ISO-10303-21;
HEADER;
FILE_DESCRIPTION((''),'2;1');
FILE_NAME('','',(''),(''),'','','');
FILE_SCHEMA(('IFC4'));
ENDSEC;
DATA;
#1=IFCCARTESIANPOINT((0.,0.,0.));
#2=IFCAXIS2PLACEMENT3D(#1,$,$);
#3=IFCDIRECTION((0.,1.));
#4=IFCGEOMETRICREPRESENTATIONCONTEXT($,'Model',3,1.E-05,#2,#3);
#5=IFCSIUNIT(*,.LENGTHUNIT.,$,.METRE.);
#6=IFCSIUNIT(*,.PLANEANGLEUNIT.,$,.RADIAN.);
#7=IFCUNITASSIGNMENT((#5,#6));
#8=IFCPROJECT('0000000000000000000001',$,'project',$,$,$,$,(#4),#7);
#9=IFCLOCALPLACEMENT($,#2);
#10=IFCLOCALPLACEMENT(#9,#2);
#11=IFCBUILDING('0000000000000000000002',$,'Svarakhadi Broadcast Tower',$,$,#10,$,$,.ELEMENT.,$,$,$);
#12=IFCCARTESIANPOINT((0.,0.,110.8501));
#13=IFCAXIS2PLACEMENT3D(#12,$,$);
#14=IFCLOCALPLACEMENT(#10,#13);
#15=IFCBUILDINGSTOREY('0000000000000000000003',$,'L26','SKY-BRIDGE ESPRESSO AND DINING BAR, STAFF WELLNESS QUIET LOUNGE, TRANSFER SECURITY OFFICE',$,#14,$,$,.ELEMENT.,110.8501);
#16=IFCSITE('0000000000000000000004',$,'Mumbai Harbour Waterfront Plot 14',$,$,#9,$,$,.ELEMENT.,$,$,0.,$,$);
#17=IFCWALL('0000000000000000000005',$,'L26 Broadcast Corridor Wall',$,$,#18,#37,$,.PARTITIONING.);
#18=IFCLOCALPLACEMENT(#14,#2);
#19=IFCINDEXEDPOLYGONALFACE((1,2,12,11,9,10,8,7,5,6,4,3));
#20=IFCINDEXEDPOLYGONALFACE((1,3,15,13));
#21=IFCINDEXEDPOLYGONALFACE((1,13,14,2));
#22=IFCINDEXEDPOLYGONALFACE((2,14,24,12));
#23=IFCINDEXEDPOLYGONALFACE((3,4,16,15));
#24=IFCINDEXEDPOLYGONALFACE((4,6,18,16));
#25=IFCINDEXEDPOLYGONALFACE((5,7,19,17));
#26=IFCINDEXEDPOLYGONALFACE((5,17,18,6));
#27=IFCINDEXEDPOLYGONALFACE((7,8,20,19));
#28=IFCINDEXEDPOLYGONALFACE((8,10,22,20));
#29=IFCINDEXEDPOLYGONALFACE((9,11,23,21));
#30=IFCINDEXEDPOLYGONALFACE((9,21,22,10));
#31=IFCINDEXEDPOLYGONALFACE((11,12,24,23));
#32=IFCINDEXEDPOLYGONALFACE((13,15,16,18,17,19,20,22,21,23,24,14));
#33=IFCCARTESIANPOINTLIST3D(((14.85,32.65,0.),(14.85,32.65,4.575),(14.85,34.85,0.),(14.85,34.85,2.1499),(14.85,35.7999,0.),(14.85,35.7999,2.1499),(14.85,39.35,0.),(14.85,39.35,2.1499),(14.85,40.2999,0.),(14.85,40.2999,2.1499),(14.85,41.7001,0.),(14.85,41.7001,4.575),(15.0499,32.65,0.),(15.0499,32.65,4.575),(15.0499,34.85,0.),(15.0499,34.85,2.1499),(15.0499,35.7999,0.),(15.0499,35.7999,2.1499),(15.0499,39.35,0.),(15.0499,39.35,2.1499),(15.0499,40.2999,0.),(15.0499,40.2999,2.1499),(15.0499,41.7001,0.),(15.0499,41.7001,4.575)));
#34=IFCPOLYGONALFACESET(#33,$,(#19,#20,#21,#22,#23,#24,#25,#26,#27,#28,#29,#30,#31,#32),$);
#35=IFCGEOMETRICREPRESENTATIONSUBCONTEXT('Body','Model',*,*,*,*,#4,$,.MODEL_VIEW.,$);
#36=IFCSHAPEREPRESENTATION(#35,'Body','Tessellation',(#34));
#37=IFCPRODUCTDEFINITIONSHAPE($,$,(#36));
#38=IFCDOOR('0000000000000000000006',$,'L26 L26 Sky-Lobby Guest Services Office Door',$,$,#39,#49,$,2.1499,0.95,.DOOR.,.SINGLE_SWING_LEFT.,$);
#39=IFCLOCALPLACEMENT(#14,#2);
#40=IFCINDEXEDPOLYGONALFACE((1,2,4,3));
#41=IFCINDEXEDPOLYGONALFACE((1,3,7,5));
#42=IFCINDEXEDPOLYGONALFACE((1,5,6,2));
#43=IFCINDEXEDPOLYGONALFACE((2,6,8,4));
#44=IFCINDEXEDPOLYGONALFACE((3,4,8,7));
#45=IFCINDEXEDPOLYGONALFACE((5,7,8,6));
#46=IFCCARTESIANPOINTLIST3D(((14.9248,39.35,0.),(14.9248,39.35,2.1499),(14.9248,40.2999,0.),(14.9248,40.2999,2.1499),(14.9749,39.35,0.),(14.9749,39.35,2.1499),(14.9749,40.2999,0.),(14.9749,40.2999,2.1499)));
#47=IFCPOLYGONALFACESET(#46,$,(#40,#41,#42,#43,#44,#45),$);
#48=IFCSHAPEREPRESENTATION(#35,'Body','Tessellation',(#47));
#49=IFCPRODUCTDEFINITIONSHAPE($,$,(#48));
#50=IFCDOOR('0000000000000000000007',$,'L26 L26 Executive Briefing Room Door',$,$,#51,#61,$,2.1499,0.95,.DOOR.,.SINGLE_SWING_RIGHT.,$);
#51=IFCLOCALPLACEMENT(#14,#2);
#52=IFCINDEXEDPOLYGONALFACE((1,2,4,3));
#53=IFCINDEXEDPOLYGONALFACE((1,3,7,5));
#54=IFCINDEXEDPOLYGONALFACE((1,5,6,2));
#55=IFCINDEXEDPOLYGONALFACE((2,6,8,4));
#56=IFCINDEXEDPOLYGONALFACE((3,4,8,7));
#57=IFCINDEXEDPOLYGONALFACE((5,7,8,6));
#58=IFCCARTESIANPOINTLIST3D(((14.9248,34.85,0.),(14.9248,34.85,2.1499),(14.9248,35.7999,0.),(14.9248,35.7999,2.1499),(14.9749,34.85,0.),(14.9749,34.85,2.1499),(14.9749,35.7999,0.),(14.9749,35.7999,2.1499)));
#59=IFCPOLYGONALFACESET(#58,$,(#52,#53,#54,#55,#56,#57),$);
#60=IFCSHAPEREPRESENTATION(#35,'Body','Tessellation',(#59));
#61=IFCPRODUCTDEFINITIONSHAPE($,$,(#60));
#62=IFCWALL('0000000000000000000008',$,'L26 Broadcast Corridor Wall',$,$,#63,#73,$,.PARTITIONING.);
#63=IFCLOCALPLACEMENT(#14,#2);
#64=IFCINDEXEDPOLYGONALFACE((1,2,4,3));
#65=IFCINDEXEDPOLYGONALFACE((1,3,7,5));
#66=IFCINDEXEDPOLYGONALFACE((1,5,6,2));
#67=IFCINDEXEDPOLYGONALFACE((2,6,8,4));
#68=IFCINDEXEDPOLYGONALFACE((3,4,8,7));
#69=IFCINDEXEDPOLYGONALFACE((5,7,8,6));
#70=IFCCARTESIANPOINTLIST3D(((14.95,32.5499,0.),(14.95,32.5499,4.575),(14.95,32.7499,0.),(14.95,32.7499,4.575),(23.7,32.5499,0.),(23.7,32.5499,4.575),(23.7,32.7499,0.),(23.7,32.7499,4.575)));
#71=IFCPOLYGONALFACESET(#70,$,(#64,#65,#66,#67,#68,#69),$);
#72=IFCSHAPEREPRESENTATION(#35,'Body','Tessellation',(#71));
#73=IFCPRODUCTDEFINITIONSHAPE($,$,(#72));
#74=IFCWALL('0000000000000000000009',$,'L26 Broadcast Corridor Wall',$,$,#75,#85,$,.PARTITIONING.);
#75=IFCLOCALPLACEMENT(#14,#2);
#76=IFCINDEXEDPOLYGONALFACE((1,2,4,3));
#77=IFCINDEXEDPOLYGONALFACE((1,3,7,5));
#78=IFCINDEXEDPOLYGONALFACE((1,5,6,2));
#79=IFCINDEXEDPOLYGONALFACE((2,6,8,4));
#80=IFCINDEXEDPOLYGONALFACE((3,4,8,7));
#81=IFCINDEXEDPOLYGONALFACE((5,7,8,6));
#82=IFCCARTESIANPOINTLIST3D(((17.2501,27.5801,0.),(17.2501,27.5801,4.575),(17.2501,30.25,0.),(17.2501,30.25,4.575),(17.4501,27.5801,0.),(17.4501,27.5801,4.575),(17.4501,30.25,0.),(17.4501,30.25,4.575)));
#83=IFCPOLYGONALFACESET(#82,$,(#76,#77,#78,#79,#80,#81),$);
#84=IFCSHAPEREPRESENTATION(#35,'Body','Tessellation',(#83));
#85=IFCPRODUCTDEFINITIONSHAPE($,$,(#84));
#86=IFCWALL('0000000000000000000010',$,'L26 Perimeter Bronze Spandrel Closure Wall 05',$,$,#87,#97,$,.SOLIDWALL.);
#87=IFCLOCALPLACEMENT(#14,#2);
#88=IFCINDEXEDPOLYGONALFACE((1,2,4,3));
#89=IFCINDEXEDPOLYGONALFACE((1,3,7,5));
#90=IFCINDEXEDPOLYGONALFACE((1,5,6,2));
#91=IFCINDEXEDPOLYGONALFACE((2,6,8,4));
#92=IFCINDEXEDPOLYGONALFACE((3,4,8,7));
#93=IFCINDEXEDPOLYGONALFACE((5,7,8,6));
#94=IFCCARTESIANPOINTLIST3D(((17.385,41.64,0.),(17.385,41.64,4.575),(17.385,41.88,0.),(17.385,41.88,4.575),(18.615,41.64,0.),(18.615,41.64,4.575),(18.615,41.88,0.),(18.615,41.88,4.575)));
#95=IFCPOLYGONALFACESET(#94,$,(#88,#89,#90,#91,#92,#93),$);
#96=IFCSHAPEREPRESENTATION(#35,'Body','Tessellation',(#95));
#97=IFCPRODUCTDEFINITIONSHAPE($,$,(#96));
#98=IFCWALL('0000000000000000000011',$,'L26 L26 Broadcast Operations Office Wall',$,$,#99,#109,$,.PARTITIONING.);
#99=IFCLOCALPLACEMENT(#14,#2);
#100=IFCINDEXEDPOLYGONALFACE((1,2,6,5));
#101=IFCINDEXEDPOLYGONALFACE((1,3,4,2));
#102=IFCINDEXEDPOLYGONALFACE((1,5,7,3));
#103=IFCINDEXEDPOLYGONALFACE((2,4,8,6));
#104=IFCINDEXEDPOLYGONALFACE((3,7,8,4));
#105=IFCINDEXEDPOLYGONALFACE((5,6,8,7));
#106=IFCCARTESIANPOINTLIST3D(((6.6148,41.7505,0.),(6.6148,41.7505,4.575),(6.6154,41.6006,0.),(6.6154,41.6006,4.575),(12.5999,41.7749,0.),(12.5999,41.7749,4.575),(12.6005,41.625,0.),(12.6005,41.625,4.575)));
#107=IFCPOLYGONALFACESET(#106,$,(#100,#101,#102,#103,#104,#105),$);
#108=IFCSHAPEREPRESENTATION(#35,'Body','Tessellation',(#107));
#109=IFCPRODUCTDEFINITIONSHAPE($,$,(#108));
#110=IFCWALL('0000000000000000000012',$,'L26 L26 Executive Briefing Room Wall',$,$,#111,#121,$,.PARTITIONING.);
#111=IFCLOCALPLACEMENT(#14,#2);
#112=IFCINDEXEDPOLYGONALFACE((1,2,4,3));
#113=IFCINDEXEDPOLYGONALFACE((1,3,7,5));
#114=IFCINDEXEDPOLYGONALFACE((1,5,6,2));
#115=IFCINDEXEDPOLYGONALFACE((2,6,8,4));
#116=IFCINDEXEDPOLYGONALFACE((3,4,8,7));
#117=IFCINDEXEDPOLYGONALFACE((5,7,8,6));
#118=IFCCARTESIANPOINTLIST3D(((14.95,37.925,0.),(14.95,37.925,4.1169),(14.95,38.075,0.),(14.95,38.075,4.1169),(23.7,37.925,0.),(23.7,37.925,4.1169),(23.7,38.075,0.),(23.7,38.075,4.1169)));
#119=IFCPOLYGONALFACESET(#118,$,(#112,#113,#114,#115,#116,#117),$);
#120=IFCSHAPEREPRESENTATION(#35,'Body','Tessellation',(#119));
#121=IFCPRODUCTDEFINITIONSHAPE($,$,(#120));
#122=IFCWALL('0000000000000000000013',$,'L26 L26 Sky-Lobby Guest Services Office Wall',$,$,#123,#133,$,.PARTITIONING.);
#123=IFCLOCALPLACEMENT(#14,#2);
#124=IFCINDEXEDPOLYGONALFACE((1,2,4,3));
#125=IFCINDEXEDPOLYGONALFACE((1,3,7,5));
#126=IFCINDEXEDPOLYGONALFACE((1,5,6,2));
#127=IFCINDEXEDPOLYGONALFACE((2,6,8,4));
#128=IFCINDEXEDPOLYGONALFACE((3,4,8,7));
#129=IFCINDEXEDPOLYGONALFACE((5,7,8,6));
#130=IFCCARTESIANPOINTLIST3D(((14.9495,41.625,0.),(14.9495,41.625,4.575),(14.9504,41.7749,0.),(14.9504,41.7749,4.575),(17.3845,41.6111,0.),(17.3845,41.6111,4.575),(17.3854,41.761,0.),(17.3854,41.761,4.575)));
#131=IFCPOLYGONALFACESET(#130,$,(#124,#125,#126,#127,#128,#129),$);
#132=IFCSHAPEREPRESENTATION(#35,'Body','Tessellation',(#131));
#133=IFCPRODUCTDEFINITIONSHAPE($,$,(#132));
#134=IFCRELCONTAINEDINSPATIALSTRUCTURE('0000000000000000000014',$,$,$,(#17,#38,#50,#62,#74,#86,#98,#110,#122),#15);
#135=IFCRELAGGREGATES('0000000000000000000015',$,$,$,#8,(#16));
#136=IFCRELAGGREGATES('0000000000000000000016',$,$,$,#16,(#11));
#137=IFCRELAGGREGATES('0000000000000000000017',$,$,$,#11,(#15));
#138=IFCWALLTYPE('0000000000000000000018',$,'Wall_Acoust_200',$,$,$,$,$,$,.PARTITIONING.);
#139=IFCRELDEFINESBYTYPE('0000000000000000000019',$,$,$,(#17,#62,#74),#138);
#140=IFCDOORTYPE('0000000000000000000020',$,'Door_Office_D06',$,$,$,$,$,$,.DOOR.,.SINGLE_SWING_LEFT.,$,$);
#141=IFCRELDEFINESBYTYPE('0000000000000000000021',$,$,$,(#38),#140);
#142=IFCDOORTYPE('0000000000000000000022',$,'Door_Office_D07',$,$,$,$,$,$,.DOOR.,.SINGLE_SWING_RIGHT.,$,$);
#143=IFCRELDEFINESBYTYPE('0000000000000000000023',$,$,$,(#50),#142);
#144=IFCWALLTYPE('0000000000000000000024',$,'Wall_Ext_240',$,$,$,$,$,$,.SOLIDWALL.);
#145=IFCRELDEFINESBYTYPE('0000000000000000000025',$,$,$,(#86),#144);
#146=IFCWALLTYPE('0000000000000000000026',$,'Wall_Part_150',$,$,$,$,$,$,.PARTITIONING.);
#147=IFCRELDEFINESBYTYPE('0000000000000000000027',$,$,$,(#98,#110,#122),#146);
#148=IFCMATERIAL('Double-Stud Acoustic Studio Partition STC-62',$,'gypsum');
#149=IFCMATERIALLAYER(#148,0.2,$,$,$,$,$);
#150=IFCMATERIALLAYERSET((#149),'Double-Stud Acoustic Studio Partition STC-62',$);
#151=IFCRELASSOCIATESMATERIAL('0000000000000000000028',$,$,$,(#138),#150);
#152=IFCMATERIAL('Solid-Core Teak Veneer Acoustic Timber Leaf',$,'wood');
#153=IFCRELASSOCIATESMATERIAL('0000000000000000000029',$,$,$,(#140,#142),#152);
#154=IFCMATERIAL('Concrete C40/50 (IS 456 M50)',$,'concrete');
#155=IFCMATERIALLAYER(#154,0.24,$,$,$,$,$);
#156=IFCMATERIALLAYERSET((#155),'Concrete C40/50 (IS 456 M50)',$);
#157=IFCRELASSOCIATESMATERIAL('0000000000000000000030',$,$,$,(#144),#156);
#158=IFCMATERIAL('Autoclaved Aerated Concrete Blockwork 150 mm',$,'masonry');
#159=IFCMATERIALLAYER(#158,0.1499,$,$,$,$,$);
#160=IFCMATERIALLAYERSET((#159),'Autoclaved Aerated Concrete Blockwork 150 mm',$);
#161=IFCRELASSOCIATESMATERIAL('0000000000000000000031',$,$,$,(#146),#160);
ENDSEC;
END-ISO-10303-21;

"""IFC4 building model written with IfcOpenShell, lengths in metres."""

from ifc_helpers import new_model, si_unit, direction, frame, frame_2d, origin, place, context, subcontext, project, spatial, rectangle, extrude, material, layer, layer_set, type_object, element, fill, save


model = new_model("IFC4")

# Units and contexts
model_context = context("Model", 3, precision=1e-05, world=origin(), true_north=direction((0.0, 1.0)))
body_context = subcontext(model_context, "Body", "Model", "MODEL_VIEW")
ifc_project = project(units=[si_unit("LENGTHUNIT", "METRE"), si_unit("PLANEANGLEUNIT", "RADIAN")], contexts=[model_context])

# Site, building, storey
site_placement = place(None, origin())
site = spatial("IfcSite", under=ifc_project, at=site_placement, Name="Mumbai Harbour Waterfront Plot 14", CompositionType="ELEMENT", RefElevation=0.0)
building_placement = place(site_placement, origin())
building = spatial("IfcBuilding", under=site, at=building_placement, Name="Svarakhadi Broadcast Tower", CompositionType="ELEMENT")
storey_placement = place(building_placement, frame((0.0, 0.0, 110.8501)))
storey = spatial("IfcBuildingStorey", under=building, at=storey_placement, Name="L26", Description="SKY-BRIDGE ESPRESSO AND DINING BAR, STAFF WELLNESS QUIET LOUNGE, TRANSFER SECURITY OFFICE", CompositionType="ELEMENT", Elevation=110.8501)

# Wall, openings, doors
ifc_material_1 = material(Name="Double-Stud Acoustic Studio Partition STC-62", Category="gypsum")
ifc_layer_1 = layer(ifc_material_1, 0.2)
ifc_layer_set_1 = layer_set([ifc_layer_1], Name="Double-Stud Acoustic Studio Partition STC-62")
wall_type_1 = type_object("IfcWallType", Name="Wall_Acoust_200", PredefinedType="PARTITIONING", material=ifc_layer_set_1)
ifc_material_2 = material(Name="Solid-Core Teak Veneer Acoustic Timber Leaf", Category="wood")
door_type_1 = type_object("IfcDoorType", Name="Door_Office_D06", OperationType="SINGLE_SWING_LEFT", PredefinedType="DOOR", material=ifc_material_2)
door_type_2 = type_object("IfcDoorType", Name="Door_Office_D07", OperationType="SINGLE_SWING_RIGHT", PredefinedType="DOOR", material=ifc_material_2)
wall_1_placement = place(storey_placement, frame((14.95, 41.7, 0.0), z_axis=(0.0, 0.0, 1.0), x_axis=(0.0, -1.0, 0.0)))
wall_1 = element("IfcWall", 1, at=wall_1_placement, inside=storey, type_object=wall_type_1, Name="L26 Broadcast Corridor Wall", PredefinedType="PARTITIONING", context=body_context, shape_type="SweptSolid", body=[
    extrude(rectangle(XDim=9.05, YDim=0.2, at=frame_2d((4.5249, 0.0))), origin(), (0.0, 0.0, 1.0), 4.575),
])
opening_1_placement = place(wall_1_placement, frame((5.8999, 0.0, 0.0)))
opening_1 = element("IfcOpeningElement", 2, at=opening_1_placement, cuts=wall_1, PredefinedType="OPENING", context=body_context, shape_type="SweptSolid", body=[
    extrude(rectangle(XDim=0.95, YDim=2.1499, at=frame_2d((0.4751, 1.075))), frame((0.0, 0.1099, 0.0), z_axis=(0.0, -1.0, 0.0), x_axis=(1.0, 0.0, 0.0)), (0.0, 0.0, 1.0), 0.22),
])
opening_2_placement = place(wall_1_placement, frame((1.3999, 0.0, 0.0)))
opening_2 = element("IfcOpeningElement", 3, at=opening_2_placement, cuts=wall_1, PredefinedType="OPENING", context=body_context, shape_type="SweptSolid", body=[
    extrude(rectangle(XDim=0.95, YDim=2.1499, at=frame_2d((0.4751, 1.075))), frame((0.0, 0.1099, 0.0), z_axis=(0.0, -1.0, 0.0), x_axis=(1.0, 0.0, 0.0)), (0.0, 0.0, 1.0), 0.22),
])
door_1_placement = place(opening_2_placement, origin())
door_1 = element("IfcDoor", 4, at=door_1_placement, inside=storey, type_object=door_type_1, Name="L26 L26 Sky-Lobby Guest Services Office Door", OperationType="SINGLE_SWING_LEFT", OverallHeight=2.1499, OverallWidth=0.95, PredefinedType="DOOR", context=body_context, shape_type="SweptSolid", body=[
    extrude(rectangle(XDim=0.95, YDim=2.1499, at=frame_2d((0.4751, 1.075))), frame((0.0, 0.0249, 0.0), z_axis=(0.0, -1.0, 0.0), x_axis=(1.0, 0.0, 0.0)), (0.0, 0.0, 1.0), 0.05),
])
fill(opening_2, door_1)
door_2_placement = place(opening_1_placement, origin())
door_2 = element("IfcDoor", 5, at=door_2_placement, inside=storey, type_object=door_type_2, Name="L26 L26 Executive Briefing Room Door", OperationType="SINGLE_SWING_RIGHT", OverallHeight=2.1499, OverallWidth=0.95, PredefinedType="DOOR", context=body_context, shape_type="SweptSolid", body=[
    extrude(rectangle(XDim=0.95, YDim=2.1499, at=frame_2d((0.4751, 1.075))), frame((0.0, 0.0249, 0.0), z_axis=(0.0, -1.0, 0.0), x_axis=(1.0, 0.0, 0.0)), (0.0, 0.0, 1.0), 0.05),
])
fill(opening_1, door_2)

# Walls
wall_2_placement = place(storey_placement, frame((14.95, 32.6499, 0.0), z_axis=(0.0, 0.0, 1.0), x_axis=(1.0, 0.0, 0.0)))
element("IfcWall", 6, at=wall_2_placement, inside=storey, type_object=wall_type_1, Name="L26 Broadcast Corridor Wall", PredefinedType="PARTITIONING", context=body_context, shape_type="SweptSolid", body=[
    extrude(rectangle(XDim=8.75, YDim=0.2, at=frame_2d((4.375, 0.0))), origin(), (0.0, 0.0, 1.0), 4.575),
])
wall_3_placement = place(storey_placement, frame((17.3501, 30.25, 0.0), z_axis=(0.0, 0.0, 1.0), x_axis=(0.0, -1.0, 0.0)))
element("IfcWall", 7, at=wall_3_placement, inside=storey, type_object=wall_type_1, Name="L26 Broadcast Corridor Wall", PredefinedType="PARTITIONING", context=body_context, shape_type="SweptSolid", body=[
    extrude(rectangle(XDim=2.6699, YDim=0.2, at=frame_2d((1.335, 0.0))), origin(), (0.0, 0.0, 1.0), 4.575),
])
ifc_material_3 = material(Name="Concrete C40/50 (IS 456 M50)", Category="concrete")
ifc_layer_2 = layer(ifc_material_3, 0.24)
ifc_layer_set_2 = layer_set([ifc_layer_2], Name="Concrete C40/50 (IS 456 M50)")
wall_type_2 = type_object("IfcWallType", Name="Wall_Ext_240", PredefinedType="SOLIDWALL", material=ifc_layer_set_2)
wall_4_placement = place(storey_placement, frame((17.385, 41.76, 0.0), z_axis=(0.0, 0.0, 1.0), x_axis=(1.0, 0.0, 0.0)))
element("IfcWall", 8, at=wall_4_placement, inside=storey, type_object=wall_type_2, Name="L26 Perimeter Bronze Spandrel Closure Wall 05", PredefinedType="SOLIDWALL", context=body_context, shape_type="SweptSolid", body=[
    extrude(rectangle(XDim=1.23, YDim=0.24, at=frame_2d((0.615, 0.0))), origin(), (0.0, 0.0, 1.0), 4.575),
])
ifc_material_4 = material(Name="Autoclaved Aerated Concrete Blockwork 150 mm", Category="masonry")
ifc_layer_3 = layer(ifc_material_4, 0.1499)
ifc_layer_set_3 = layer_set([ifc_layer_3], Name="Autoclaved Aerated Concrete Blockwork 150 mm")
wall_type_3 = type_object("IfcWallType", Name="Wall_Part_150", PredefinedType="PARTITIONING", material=ifc_layer_set_3)
wall_5_placement = place(storey_placement, frame((6.615, 41.6755, 0.0), z_axis=(0.0, 0.0, 1.0), x_axis=(0.999992, 0.004079, 0.0)))
element("IfcWall", 9, at=wall_5_placement, inside=storey, type_object=wall_type_3, Name="L26 L26 Broadcast Operations Office Wall", PredefinedType="PARTITIONING", context=body_context, shape_type="SweptSolid", body=[
    extrude(rectangle(XDim=5.9851, YDim=0.1499, at=frame_2d((2.9927, 0.0))), origin(), (0.0, 0.0, 1.0), 4.575),
])
wall_6_placement = place(storey_placement, frame((14.95, 38.0, 0.0), z_axis=(0.0, 0.0, 1.0), x_axis=(1.0, 0.0, 0.0)))
element("IfcWall", 10, at=wall_6_placement, inside=storey, type_object=wall_type_3, Name="L26 L26 Executive Briefing Room Wall", PredefinedType="PARTITIONING", context=body_context, shape_type="SweptSolid", body=[
    extrude(rectangle(XDim=8.75, YDim=0.1499, at=frame_2d((4.375, 0.0))), origin(), (0.0, 0.0, 1.0), 4.1169),
])
wall_7_placement = place(storey_placement, frame((14.95, 41.7, 0.0), z_axis=(0.0, 0.0, 1.0), x_axis=(0.999984, -0.005715, 0.0)))
element("IfcWall", 11, at=wall_7_placement, inside=storey, type_object=wall_type_3, Name="L26 L26 Sky-Lobby Guest Services Office Wall", PredefinedType="PARTITIONING", context=body_context, shape_type="SweptSolid", body=[
    extrude(rectangle(XDim=2.4351, YDim=0.1499, at=frame_2d((1.2175, 0.0))), origin(), (0.0, 0.0, 1.0), 4.575),
])

save(model, "model.ifc")
